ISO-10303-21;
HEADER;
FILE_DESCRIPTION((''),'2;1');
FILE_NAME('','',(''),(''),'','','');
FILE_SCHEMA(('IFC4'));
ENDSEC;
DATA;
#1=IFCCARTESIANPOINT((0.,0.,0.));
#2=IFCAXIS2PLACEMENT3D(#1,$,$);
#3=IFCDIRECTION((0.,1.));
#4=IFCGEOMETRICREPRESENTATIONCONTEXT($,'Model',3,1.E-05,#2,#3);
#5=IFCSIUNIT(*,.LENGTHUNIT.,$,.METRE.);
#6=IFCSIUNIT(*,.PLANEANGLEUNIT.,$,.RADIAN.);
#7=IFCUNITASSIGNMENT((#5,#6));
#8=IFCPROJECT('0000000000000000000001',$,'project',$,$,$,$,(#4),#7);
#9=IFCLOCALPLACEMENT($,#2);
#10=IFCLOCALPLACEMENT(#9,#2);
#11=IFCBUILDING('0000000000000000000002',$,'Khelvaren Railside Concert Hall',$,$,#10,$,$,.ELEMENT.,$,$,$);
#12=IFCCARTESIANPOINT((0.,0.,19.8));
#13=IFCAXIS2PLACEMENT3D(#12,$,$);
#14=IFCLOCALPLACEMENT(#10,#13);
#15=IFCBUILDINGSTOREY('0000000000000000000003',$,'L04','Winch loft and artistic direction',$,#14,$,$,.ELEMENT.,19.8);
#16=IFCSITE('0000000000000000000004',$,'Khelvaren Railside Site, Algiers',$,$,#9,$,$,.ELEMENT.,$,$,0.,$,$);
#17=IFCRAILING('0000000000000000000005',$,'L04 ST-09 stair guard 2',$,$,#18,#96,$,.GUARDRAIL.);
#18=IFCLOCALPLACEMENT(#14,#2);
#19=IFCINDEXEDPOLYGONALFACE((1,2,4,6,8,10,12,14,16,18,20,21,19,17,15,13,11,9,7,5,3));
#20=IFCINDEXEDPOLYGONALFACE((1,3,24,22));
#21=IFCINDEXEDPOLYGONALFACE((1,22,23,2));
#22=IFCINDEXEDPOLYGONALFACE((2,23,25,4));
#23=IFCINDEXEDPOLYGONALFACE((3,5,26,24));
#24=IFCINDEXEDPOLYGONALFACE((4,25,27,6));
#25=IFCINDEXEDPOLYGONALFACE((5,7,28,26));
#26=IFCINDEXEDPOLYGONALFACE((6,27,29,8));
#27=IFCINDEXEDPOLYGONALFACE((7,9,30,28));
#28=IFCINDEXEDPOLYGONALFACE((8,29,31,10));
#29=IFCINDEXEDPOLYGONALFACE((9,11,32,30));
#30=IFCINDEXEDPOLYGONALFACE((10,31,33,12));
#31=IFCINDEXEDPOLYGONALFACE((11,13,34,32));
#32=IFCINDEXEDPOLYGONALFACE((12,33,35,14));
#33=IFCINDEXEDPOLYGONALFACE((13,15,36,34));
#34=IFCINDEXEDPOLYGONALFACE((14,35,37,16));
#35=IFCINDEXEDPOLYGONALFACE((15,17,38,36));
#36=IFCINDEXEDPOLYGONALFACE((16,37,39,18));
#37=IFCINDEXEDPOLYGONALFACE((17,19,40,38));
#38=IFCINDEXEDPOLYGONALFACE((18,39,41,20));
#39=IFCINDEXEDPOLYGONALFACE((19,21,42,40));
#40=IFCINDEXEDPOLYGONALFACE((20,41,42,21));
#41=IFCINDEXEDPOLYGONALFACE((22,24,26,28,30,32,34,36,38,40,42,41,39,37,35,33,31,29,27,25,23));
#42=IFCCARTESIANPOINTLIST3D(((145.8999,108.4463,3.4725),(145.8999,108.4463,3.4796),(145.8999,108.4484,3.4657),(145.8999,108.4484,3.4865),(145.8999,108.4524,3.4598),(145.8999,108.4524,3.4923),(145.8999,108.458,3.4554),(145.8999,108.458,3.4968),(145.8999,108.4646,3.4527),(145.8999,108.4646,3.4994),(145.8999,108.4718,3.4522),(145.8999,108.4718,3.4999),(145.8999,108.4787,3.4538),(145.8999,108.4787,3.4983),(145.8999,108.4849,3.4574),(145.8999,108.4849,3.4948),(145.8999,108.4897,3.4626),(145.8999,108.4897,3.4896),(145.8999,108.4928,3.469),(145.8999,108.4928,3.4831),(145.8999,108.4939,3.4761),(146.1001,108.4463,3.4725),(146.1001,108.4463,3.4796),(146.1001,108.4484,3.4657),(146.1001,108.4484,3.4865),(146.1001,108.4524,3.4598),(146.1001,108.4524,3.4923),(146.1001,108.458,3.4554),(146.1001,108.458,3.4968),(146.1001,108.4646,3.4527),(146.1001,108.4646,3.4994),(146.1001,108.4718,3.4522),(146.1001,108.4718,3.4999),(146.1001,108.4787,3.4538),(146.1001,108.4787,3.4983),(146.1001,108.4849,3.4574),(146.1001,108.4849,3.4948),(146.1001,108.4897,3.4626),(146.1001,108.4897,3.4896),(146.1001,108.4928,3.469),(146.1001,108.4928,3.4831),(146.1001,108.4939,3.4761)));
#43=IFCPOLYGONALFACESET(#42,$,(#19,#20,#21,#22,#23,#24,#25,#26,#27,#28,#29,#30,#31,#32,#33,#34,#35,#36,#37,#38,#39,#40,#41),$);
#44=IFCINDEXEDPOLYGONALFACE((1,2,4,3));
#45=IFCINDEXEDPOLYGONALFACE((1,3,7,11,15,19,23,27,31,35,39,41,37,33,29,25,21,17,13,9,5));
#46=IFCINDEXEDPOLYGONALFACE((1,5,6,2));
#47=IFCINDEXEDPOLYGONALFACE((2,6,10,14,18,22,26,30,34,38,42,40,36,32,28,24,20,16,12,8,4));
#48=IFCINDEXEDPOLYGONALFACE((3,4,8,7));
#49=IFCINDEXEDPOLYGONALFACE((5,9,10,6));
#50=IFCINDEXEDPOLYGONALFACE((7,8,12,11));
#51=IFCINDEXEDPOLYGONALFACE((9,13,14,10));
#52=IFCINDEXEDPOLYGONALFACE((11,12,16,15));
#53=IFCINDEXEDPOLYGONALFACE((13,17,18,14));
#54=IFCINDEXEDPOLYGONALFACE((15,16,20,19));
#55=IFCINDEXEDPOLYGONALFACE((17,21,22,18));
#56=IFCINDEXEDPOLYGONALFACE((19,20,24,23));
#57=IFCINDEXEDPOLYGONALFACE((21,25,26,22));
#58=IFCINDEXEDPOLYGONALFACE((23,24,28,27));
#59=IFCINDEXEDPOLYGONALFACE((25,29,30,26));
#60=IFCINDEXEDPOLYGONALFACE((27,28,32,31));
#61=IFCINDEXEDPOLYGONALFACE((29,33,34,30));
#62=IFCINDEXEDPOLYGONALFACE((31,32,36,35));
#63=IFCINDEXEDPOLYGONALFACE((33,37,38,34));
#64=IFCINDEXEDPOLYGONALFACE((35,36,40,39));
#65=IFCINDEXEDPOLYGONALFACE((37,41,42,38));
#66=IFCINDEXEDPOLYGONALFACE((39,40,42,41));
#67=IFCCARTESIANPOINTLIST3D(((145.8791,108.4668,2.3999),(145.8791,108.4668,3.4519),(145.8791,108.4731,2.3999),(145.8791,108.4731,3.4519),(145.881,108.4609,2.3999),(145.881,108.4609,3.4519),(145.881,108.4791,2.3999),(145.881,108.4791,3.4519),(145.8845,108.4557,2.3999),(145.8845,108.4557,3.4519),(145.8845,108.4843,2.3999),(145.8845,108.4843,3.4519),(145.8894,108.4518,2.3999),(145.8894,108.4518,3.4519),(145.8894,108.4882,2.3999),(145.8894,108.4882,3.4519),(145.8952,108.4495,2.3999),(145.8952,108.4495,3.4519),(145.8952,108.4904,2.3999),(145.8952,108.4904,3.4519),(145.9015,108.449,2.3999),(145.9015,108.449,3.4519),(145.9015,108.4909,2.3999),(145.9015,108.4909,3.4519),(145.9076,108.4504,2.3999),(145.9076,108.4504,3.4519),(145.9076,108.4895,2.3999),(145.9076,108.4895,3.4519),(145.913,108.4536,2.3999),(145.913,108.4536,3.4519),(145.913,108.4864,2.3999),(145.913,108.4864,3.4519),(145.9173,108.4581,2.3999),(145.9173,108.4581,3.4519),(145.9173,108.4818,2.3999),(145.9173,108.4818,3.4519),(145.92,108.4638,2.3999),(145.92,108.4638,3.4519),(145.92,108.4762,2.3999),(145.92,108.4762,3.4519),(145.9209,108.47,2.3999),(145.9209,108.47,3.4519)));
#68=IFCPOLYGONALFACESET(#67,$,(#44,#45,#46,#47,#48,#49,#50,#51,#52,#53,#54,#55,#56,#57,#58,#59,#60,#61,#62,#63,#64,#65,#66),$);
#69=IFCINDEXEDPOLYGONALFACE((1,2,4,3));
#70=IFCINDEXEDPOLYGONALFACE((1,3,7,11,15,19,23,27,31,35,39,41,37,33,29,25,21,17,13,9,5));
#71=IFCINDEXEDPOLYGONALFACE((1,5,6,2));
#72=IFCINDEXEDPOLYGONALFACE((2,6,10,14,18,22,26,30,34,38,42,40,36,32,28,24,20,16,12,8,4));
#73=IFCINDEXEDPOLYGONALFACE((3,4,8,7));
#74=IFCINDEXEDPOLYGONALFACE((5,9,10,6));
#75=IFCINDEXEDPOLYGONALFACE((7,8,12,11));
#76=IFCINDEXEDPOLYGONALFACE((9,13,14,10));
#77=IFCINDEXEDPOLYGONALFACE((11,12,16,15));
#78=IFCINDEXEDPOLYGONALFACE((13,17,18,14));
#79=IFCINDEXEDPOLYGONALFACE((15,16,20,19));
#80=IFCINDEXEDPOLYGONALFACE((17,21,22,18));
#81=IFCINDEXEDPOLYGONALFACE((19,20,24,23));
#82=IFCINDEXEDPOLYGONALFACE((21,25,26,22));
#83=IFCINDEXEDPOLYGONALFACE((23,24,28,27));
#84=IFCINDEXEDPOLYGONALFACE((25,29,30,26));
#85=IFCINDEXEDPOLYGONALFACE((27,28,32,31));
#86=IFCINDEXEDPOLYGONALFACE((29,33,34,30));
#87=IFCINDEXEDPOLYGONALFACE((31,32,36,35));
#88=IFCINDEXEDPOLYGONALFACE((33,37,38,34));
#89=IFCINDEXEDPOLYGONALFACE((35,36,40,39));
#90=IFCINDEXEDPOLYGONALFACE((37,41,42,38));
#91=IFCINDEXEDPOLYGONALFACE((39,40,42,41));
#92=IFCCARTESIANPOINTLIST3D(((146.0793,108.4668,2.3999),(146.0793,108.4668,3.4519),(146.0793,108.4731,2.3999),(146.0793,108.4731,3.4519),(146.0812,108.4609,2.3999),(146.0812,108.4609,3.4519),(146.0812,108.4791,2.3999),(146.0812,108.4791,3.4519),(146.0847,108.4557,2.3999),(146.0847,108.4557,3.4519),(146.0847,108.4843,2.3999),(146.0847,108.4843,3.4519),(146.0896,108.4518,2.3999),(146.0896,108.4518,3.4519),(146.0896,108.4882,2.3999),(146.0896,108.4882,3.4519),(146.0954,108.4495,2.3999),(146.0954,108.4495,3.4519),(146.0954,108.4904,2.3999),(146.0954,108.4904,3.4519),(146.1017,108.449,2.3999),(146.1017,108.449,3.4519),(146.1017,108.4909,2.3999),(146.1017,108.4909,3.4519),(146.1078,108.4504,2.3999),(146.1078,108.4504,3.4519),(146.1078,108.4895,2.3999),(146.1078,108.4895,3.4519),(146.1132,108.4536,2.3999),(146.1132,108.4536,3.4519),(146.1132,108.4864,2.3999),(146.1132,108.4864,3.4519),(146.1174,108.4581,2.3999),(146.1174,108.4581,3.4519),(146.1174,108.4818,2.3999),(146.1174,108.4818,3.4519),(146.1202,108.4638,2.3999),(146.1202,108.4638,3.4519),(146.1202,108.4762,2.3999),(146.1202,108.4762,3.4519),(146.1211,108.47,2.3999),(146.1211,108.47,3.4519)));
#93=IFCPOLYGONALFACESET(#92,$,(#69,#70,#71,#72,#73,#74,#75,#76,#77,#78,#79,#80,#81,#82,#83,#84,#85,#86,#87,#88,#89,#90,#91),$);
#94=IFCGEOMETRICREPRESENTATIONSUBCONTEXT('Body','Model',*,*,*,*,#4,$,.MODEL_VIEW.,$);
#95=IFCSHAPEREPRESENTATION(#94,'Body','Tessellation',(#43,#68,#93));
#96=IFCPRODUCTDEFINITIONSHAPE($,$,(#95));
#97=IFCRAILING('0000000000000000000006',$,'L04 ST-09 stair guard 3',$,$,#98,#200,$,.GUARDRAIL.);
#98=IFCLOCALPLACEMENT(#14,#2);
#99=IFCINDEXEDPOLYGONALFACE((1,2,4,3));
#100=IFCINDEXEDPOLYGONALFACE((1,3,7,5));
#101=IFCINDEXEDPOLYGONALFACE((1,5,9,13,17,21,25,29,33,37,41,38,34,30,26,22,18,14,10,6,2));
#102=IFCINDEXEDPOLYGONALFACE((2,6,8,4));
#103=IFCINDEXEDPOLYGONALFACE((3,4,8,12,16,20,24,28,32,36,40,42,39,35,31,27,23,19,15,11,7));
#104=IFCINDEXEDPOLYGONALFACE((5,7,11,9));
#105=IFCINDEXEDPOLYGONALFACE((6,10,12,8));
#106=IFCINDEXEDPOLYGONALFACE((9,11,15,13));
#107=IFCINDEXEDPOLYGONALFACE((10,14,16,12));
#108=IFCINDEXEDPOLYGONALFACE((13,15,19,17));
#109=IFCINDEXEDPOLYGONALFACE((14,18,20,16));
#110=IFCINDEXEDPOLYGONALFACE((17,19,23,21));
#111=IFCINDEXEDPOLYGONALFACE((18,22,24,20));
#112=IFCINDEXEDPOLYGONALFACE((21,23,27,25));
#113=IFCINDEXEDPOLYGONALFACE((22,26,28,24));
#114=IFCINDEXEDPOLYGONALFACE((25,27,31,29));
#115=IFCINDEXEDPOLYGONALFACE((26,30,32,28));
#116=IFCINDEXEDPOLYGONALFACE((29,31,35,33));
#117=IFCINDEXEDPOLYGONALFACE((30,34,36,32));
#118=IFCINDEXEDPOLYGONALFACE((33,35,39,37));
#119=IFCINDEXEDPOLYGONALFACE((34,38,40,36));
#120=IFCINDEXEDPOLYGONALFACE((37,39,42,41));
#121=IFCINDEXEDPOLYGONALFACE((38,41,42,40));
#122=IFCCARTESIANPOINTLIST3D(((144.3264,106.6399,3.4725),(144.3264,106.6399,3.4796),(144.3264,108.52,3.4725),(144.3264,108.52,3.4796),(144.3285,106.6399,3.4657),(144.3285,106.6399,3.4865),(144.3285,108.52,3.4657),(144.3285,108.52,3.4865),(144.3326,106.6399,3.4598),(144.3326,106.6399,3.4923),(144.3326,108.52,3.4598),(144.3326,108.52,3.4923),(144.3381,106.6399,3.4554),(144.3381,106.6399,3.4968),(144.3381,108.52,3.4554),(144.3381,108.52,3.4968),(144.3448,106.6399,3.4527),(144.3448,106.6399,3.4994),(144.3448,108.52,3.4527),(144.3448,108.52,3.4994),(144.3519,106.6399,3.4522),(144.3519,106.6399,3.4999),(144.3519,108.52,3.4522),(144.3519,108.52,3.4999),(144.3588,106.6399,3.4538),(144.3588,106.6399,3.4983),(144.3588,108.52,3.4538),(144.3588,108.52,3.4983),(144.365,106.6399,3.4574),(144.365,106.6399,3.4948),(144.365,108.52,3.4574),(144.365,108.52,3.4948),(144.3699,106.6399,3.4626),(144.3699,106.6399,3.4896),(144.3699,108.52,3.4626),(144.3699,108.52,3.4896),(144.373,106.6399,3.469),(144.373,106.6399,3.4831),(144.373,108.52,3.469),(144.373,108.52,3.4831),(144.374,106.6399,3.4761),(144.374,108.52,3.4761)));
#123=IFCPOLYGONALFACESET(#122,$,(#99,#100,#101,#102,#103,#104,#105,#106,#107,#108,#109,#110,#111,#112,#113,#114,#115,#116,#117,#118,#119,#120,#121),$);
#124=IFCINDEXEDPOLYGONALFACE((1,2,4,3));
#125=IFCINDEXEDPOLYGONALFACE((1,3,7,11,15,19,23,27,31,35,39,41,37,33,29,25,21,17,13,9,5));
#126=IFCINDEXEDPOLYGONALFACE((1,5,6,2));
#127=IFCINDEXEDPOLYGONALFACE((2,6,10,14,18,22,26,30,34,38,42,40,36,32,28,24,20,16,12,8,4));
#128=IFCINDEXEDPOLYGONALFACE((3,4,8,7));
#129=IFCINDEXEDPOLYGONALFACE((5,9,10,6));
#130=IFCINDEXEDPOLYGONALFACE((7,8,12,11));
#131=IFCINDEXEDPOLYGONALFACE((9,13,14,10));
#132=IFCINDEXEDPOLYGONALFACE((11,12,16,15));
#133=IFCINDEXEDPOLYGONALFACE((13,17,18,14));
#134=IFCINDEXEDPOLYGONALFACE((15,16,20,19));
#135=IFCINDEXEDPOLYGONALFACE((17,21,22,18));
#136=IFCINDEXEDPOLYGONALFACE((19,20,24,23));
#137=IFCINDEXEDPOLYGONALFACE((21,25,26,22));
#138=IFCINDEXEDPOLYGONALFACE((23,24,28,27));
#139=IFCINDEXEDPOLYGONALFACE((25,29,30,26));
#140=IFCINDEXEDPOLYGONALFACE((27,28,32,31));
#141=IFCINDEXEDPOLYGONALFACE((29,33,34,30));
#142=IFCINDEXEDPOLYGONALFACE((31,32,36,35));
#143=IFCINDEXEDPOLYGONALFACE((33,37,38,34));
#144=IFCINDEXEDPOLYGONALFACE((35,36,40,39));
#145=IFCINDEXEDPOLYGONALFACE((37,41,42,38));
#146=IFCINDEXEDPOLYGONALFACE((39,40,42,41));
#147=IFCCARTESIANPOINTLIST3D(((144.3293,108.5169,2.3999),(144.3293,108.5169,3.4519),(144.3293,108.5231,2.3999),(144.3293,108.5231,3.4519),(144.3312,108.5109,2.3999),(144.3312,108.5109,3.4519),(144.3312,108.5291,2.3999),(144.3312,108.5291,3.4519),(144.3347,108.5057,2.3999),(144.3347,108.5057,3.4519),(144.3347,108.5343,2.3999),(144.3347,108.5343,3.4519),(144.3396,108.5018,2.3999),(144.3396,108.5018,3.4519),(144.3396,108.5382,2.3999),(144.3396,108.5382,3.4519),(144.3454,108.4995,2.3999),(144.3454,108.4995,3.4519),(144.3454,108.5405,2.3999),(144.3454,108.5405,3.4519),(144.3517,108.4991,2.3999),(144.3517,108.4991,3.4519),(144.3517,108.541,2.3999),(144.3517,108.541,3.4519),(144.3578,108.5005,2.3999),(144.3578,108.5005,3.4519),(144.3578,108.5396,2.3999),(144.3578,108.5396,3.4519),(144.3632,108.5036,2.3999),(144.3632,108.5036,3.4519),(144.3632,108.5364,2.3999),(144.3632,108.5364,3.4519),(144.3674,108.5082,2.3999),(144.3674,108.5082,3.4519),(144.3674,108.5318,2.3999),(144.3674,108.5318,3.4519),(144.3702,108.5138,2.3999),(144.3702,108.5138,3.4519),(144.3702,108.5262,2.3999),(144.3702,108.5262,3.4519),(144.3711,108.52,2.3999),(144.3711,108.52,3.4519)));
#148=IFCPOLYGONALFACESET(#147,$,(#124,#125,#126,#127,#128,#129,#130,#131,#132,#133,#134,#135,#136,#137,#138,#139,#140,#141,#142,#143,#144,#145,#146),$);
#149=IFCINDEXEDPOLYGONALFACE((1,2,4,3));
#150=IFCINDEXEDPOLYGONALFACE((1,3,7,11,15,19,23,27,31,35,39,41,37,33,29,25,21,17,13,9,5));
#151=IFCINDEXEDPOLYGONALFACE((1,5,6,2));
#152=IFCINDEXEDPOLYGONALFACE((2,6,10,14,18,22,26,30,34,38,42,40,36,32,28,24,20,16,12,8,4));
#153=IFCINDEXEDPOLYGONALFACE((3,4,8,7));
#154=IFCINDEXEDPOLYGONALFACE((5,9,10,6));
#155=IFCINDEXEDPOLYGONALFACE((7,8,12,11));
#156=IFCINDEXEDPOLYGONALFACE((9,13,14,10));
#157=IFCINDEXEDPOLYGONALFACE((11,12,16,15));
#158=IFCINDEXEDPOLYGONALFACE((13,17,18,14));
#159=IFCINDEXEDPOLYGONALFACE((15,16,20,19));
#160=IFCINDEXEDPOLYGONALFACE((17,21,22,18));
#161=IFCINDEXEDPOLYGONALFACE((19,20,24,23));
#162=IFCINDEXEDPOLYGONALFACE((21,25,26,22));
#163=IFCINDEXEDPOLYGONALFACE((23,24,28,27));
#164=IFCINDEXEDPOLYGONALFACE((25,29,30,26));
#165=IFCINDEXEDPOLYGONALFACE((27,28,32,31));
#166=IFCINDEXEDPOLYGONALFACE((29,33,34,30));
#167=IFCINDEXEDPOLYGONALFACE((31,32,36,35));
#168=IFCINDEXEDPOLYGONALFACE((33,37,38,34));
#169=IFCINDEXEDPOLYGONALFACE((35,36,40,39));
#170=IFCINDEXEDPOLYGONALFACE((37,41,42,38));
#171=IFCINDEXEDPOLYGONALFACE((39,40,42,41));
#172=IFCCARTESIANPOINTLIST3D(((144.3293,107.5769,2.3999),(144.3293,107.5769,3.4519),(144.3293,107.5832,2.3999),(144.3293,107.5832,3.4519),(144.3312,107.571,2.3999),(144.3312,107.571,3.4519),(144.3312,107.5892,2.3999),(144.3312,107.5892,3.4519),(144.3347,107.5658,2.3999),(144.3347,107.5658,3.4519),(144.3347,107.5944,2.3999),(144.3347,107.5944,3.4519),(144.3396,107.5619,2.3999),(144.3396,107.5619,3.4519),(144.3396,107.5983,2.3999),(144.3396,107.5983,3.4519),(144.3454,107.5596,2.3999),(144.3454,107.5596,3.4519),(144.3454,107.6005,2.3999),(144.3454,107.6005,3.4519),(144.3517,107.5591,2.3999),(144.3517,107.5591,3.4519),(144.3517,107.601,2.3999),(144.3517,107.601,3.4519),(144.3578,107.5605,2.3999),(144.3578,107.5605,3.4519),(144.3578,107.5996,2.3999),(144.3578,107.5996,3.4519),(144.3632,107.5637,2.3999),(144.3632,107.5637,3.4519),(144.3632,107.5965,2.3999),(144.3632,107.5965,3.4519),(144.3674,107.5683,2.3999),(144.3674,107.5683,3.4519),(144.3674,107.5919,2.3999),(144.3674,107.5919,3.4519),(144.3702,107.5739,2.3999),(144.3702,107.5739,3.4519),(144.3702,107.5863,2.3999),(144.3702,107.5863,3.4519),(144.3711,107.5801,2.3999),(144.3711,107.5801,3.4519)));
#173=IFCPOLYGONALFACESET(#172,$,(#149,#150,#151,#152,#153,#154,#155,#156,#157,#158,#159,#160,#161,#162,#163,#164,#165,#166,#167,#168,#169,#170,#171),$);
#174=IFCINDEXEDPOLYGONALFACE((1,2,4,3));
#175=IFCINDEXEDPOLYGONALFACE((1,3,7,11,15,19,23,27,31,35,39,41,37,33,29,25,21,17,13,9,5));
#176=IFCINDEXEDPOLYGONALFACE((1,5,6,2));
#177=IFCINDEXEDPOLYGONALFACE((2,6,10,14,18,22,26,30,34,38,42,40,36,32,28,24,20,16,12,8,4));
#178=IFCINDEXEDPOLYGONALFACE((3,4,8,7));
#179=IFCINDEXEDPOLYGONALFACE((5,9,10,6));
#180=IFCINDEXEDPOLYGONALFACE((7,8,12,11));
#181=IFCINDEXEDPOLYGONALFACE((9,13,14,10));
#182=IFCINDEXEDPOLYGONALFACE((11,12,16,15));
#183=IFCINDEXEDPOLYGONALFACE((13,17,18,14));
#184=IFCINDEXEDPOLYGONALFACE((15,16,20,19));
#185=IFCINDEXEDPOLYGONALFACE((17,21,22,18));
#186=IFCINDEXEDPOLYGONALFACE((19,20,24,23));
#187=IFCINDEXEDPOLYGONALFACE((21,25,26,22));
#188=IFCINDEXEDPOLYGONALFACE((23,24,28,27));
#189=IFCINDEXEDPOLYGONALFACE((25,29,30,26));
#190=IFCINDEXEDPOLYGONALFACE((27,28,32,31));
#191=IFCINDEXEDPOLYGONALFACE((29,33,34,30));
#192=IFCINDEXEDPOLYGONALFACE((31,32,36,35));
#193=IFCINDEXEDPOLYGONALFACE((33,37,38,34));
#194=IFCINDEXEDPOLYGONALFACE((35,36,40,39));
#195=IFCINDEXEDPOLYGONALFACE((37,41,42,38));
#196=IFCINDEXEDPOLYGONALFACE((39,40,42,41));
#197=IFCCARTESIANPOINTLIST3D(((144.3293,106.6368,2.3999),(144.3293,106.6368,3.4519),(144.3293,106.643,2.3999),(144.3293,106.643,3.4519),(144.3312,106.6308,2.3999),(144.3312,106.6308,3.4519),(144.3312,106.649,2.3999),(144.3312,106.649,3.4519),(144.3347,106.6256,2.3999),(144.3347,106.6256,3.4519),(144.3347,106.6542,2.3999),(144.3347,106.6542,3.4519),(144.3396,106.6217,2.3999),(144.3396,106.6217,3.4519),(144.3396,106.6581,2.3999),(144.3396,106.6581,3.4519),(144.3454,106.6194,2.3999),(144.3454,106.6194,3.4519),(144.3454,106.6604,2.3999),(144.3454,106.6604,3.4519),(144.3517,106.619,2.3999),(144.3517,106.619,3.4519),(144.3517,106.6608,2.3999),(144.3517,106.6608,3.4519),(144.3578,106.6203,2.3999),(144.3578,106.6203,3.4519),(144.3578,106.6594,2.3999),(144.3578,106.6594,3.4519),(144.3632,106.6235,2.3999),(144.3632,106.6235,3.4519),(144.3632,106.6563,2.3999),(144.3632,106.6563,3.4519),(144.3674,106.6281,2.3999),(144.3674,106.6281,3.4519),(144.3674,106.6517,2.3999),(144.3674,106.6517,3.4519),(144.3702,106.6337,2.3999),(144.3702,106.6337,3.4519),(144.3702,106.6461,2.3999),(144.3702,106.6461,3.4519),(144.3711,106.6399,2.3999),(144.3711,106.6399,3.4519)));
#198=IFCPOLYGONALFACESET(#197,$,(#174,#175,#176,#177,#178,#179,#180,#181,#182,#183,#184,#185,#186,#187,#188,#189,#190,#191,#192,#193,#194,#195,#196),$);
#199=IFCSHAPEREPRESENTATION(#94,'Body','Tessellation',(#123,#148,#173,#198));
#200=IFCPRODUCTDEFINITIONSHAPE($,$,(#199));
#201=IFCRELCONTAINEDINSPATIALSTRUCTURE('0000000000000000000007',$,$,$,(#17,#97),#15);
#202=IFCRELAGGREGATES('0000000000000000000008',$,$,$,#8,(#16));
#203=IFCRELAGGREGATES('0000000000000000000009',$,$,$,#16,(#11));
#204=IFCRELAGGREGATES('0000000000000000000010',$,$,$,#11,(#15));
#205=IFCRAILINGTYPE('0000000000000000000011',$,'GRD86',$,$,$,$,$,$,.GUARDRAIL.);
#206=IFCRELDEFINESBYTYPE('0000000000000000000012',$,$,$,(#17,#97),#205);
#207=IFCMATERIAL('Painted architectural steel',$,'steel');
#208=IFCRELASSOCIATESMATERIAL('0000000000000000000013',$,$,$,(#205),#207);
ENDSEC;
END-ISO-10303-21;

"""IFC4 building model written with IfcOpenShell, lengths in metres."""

from ifc_helpers import new_model, si_unit, direction, frame, origin, origin_2d, place, context, subcontext, project, spatial, circle, extrude, material, type_object, element, save


model = new_model("IFC4")

# Units and contexts
model_context = context("Model", 3, precision=1e-05, world=origin(), true_north=direction((0.0, 1.0)))
body_context = subcontext(model_context, "Body", "Model", "MODEL_VIEW")
ifc_project = project(units=[si_unit("LENGTHUNIT", "METRE"), si_unit("PLANEANGLEUNIT", "RADIAN")], contexts=[model_context])

# Site, building, storey
site_placement = place(None, origin())
site = spatial("IfcSite", under=ifc_project, at=site_placement, Name="Khelvaren Railside Site, Algiers", CompositionType="ELEMENT", RefElevation=0.0)
building_placement = place(site_placement, origin())
building = spatial("IfcBuilding", under=site, at=building_placement, Name="Khelvaren Railside Concert Hall", CompositionType="ELEMENT")
storey_placement = place(building_placement, frame((0.0, 0.0, 19.8)))
storey = spatial("IfcBuildingStorey", under=building, at=storey_placement, Name="L04", Description="Winch loft and artistic direction", CompositionType="ELEMENT", Elevation=19.8)

# Railings
ifc_material_1 = material(Name="Painted architectural steel", Category="steel")
railing_type_1 = type_object("IfcRailingType", Name="GRD86", PredefinedType="GUARDRAIL", material=ifc_material_1)
railing_1_placement = place(storey_placement, frame((145.8999, 108.47, 2.3999)))
element("IfcRailing", 1, at=railing_1_placement, inside=storey, type_object=railing_type_1, Name="L04 ST-09 stair guard 2", PredefinedType="GUARDRAIL", context=body_context, shape_type="SweptSolid", body=[
    extrude(circle(Radius=0.0239, at=origin_2d()), frame((0.0, 0.0, 1.0762), z_axis=(1.0, 0.0, 0.0), x_axis=(0.0, 1.0, 0.0)), (0.0, 0.0, 1.0), 0.2002),
    extrude(circle(Radius=0.021, at=origin_2d()), origin(), (0.0, 0.0, 1.0), 1.052),
    extrude(circle(Radius=0.021, at=origin_2d()), frame((0.2002, 0.0, 0.0)), (0.0, 0.0, 1.0), 1.052),
])
for number, where, name in (
    (2, (144.3501, 108.52, 2.3999), "L04 ST-09 stair guard 3"),
):
    element("IfcRailing", number, at=place(storey_placement, frame(where)), inside=storey, type_object=railing_type_1, Name=name, PredefinedType="GUARDRAIL", context=body_context, shape_type="SweptSolid", body=[
        extrude(circle(Radius=0.0239, at=origin_2d()), frame((0.0, 0.0, 1.0762), z_axis=(0.0, -1.0, 0.0), x_axis=(1.0, 0.0, 0.0)), (0.0, 0.0, 1.0), 1.8801),
        extrude(circle(Radius=0.021, at=origin_2d()), origin(), (0.0, 0.0, 1.0), 1.052),
        extrude(circle(Radius=0.021, at=origin_2d()), frame((0.0, -0.9399, 0.0)), (0.0, 0.0, 1.0), 1.052),
        extrude(circle(Radius=0.021, at=origin_2d()), frame((0.0, -1.8801, 0.0)), (0.0, 0.0, 1.0), 1.052),
    ])

save(model, "model.ifc")
